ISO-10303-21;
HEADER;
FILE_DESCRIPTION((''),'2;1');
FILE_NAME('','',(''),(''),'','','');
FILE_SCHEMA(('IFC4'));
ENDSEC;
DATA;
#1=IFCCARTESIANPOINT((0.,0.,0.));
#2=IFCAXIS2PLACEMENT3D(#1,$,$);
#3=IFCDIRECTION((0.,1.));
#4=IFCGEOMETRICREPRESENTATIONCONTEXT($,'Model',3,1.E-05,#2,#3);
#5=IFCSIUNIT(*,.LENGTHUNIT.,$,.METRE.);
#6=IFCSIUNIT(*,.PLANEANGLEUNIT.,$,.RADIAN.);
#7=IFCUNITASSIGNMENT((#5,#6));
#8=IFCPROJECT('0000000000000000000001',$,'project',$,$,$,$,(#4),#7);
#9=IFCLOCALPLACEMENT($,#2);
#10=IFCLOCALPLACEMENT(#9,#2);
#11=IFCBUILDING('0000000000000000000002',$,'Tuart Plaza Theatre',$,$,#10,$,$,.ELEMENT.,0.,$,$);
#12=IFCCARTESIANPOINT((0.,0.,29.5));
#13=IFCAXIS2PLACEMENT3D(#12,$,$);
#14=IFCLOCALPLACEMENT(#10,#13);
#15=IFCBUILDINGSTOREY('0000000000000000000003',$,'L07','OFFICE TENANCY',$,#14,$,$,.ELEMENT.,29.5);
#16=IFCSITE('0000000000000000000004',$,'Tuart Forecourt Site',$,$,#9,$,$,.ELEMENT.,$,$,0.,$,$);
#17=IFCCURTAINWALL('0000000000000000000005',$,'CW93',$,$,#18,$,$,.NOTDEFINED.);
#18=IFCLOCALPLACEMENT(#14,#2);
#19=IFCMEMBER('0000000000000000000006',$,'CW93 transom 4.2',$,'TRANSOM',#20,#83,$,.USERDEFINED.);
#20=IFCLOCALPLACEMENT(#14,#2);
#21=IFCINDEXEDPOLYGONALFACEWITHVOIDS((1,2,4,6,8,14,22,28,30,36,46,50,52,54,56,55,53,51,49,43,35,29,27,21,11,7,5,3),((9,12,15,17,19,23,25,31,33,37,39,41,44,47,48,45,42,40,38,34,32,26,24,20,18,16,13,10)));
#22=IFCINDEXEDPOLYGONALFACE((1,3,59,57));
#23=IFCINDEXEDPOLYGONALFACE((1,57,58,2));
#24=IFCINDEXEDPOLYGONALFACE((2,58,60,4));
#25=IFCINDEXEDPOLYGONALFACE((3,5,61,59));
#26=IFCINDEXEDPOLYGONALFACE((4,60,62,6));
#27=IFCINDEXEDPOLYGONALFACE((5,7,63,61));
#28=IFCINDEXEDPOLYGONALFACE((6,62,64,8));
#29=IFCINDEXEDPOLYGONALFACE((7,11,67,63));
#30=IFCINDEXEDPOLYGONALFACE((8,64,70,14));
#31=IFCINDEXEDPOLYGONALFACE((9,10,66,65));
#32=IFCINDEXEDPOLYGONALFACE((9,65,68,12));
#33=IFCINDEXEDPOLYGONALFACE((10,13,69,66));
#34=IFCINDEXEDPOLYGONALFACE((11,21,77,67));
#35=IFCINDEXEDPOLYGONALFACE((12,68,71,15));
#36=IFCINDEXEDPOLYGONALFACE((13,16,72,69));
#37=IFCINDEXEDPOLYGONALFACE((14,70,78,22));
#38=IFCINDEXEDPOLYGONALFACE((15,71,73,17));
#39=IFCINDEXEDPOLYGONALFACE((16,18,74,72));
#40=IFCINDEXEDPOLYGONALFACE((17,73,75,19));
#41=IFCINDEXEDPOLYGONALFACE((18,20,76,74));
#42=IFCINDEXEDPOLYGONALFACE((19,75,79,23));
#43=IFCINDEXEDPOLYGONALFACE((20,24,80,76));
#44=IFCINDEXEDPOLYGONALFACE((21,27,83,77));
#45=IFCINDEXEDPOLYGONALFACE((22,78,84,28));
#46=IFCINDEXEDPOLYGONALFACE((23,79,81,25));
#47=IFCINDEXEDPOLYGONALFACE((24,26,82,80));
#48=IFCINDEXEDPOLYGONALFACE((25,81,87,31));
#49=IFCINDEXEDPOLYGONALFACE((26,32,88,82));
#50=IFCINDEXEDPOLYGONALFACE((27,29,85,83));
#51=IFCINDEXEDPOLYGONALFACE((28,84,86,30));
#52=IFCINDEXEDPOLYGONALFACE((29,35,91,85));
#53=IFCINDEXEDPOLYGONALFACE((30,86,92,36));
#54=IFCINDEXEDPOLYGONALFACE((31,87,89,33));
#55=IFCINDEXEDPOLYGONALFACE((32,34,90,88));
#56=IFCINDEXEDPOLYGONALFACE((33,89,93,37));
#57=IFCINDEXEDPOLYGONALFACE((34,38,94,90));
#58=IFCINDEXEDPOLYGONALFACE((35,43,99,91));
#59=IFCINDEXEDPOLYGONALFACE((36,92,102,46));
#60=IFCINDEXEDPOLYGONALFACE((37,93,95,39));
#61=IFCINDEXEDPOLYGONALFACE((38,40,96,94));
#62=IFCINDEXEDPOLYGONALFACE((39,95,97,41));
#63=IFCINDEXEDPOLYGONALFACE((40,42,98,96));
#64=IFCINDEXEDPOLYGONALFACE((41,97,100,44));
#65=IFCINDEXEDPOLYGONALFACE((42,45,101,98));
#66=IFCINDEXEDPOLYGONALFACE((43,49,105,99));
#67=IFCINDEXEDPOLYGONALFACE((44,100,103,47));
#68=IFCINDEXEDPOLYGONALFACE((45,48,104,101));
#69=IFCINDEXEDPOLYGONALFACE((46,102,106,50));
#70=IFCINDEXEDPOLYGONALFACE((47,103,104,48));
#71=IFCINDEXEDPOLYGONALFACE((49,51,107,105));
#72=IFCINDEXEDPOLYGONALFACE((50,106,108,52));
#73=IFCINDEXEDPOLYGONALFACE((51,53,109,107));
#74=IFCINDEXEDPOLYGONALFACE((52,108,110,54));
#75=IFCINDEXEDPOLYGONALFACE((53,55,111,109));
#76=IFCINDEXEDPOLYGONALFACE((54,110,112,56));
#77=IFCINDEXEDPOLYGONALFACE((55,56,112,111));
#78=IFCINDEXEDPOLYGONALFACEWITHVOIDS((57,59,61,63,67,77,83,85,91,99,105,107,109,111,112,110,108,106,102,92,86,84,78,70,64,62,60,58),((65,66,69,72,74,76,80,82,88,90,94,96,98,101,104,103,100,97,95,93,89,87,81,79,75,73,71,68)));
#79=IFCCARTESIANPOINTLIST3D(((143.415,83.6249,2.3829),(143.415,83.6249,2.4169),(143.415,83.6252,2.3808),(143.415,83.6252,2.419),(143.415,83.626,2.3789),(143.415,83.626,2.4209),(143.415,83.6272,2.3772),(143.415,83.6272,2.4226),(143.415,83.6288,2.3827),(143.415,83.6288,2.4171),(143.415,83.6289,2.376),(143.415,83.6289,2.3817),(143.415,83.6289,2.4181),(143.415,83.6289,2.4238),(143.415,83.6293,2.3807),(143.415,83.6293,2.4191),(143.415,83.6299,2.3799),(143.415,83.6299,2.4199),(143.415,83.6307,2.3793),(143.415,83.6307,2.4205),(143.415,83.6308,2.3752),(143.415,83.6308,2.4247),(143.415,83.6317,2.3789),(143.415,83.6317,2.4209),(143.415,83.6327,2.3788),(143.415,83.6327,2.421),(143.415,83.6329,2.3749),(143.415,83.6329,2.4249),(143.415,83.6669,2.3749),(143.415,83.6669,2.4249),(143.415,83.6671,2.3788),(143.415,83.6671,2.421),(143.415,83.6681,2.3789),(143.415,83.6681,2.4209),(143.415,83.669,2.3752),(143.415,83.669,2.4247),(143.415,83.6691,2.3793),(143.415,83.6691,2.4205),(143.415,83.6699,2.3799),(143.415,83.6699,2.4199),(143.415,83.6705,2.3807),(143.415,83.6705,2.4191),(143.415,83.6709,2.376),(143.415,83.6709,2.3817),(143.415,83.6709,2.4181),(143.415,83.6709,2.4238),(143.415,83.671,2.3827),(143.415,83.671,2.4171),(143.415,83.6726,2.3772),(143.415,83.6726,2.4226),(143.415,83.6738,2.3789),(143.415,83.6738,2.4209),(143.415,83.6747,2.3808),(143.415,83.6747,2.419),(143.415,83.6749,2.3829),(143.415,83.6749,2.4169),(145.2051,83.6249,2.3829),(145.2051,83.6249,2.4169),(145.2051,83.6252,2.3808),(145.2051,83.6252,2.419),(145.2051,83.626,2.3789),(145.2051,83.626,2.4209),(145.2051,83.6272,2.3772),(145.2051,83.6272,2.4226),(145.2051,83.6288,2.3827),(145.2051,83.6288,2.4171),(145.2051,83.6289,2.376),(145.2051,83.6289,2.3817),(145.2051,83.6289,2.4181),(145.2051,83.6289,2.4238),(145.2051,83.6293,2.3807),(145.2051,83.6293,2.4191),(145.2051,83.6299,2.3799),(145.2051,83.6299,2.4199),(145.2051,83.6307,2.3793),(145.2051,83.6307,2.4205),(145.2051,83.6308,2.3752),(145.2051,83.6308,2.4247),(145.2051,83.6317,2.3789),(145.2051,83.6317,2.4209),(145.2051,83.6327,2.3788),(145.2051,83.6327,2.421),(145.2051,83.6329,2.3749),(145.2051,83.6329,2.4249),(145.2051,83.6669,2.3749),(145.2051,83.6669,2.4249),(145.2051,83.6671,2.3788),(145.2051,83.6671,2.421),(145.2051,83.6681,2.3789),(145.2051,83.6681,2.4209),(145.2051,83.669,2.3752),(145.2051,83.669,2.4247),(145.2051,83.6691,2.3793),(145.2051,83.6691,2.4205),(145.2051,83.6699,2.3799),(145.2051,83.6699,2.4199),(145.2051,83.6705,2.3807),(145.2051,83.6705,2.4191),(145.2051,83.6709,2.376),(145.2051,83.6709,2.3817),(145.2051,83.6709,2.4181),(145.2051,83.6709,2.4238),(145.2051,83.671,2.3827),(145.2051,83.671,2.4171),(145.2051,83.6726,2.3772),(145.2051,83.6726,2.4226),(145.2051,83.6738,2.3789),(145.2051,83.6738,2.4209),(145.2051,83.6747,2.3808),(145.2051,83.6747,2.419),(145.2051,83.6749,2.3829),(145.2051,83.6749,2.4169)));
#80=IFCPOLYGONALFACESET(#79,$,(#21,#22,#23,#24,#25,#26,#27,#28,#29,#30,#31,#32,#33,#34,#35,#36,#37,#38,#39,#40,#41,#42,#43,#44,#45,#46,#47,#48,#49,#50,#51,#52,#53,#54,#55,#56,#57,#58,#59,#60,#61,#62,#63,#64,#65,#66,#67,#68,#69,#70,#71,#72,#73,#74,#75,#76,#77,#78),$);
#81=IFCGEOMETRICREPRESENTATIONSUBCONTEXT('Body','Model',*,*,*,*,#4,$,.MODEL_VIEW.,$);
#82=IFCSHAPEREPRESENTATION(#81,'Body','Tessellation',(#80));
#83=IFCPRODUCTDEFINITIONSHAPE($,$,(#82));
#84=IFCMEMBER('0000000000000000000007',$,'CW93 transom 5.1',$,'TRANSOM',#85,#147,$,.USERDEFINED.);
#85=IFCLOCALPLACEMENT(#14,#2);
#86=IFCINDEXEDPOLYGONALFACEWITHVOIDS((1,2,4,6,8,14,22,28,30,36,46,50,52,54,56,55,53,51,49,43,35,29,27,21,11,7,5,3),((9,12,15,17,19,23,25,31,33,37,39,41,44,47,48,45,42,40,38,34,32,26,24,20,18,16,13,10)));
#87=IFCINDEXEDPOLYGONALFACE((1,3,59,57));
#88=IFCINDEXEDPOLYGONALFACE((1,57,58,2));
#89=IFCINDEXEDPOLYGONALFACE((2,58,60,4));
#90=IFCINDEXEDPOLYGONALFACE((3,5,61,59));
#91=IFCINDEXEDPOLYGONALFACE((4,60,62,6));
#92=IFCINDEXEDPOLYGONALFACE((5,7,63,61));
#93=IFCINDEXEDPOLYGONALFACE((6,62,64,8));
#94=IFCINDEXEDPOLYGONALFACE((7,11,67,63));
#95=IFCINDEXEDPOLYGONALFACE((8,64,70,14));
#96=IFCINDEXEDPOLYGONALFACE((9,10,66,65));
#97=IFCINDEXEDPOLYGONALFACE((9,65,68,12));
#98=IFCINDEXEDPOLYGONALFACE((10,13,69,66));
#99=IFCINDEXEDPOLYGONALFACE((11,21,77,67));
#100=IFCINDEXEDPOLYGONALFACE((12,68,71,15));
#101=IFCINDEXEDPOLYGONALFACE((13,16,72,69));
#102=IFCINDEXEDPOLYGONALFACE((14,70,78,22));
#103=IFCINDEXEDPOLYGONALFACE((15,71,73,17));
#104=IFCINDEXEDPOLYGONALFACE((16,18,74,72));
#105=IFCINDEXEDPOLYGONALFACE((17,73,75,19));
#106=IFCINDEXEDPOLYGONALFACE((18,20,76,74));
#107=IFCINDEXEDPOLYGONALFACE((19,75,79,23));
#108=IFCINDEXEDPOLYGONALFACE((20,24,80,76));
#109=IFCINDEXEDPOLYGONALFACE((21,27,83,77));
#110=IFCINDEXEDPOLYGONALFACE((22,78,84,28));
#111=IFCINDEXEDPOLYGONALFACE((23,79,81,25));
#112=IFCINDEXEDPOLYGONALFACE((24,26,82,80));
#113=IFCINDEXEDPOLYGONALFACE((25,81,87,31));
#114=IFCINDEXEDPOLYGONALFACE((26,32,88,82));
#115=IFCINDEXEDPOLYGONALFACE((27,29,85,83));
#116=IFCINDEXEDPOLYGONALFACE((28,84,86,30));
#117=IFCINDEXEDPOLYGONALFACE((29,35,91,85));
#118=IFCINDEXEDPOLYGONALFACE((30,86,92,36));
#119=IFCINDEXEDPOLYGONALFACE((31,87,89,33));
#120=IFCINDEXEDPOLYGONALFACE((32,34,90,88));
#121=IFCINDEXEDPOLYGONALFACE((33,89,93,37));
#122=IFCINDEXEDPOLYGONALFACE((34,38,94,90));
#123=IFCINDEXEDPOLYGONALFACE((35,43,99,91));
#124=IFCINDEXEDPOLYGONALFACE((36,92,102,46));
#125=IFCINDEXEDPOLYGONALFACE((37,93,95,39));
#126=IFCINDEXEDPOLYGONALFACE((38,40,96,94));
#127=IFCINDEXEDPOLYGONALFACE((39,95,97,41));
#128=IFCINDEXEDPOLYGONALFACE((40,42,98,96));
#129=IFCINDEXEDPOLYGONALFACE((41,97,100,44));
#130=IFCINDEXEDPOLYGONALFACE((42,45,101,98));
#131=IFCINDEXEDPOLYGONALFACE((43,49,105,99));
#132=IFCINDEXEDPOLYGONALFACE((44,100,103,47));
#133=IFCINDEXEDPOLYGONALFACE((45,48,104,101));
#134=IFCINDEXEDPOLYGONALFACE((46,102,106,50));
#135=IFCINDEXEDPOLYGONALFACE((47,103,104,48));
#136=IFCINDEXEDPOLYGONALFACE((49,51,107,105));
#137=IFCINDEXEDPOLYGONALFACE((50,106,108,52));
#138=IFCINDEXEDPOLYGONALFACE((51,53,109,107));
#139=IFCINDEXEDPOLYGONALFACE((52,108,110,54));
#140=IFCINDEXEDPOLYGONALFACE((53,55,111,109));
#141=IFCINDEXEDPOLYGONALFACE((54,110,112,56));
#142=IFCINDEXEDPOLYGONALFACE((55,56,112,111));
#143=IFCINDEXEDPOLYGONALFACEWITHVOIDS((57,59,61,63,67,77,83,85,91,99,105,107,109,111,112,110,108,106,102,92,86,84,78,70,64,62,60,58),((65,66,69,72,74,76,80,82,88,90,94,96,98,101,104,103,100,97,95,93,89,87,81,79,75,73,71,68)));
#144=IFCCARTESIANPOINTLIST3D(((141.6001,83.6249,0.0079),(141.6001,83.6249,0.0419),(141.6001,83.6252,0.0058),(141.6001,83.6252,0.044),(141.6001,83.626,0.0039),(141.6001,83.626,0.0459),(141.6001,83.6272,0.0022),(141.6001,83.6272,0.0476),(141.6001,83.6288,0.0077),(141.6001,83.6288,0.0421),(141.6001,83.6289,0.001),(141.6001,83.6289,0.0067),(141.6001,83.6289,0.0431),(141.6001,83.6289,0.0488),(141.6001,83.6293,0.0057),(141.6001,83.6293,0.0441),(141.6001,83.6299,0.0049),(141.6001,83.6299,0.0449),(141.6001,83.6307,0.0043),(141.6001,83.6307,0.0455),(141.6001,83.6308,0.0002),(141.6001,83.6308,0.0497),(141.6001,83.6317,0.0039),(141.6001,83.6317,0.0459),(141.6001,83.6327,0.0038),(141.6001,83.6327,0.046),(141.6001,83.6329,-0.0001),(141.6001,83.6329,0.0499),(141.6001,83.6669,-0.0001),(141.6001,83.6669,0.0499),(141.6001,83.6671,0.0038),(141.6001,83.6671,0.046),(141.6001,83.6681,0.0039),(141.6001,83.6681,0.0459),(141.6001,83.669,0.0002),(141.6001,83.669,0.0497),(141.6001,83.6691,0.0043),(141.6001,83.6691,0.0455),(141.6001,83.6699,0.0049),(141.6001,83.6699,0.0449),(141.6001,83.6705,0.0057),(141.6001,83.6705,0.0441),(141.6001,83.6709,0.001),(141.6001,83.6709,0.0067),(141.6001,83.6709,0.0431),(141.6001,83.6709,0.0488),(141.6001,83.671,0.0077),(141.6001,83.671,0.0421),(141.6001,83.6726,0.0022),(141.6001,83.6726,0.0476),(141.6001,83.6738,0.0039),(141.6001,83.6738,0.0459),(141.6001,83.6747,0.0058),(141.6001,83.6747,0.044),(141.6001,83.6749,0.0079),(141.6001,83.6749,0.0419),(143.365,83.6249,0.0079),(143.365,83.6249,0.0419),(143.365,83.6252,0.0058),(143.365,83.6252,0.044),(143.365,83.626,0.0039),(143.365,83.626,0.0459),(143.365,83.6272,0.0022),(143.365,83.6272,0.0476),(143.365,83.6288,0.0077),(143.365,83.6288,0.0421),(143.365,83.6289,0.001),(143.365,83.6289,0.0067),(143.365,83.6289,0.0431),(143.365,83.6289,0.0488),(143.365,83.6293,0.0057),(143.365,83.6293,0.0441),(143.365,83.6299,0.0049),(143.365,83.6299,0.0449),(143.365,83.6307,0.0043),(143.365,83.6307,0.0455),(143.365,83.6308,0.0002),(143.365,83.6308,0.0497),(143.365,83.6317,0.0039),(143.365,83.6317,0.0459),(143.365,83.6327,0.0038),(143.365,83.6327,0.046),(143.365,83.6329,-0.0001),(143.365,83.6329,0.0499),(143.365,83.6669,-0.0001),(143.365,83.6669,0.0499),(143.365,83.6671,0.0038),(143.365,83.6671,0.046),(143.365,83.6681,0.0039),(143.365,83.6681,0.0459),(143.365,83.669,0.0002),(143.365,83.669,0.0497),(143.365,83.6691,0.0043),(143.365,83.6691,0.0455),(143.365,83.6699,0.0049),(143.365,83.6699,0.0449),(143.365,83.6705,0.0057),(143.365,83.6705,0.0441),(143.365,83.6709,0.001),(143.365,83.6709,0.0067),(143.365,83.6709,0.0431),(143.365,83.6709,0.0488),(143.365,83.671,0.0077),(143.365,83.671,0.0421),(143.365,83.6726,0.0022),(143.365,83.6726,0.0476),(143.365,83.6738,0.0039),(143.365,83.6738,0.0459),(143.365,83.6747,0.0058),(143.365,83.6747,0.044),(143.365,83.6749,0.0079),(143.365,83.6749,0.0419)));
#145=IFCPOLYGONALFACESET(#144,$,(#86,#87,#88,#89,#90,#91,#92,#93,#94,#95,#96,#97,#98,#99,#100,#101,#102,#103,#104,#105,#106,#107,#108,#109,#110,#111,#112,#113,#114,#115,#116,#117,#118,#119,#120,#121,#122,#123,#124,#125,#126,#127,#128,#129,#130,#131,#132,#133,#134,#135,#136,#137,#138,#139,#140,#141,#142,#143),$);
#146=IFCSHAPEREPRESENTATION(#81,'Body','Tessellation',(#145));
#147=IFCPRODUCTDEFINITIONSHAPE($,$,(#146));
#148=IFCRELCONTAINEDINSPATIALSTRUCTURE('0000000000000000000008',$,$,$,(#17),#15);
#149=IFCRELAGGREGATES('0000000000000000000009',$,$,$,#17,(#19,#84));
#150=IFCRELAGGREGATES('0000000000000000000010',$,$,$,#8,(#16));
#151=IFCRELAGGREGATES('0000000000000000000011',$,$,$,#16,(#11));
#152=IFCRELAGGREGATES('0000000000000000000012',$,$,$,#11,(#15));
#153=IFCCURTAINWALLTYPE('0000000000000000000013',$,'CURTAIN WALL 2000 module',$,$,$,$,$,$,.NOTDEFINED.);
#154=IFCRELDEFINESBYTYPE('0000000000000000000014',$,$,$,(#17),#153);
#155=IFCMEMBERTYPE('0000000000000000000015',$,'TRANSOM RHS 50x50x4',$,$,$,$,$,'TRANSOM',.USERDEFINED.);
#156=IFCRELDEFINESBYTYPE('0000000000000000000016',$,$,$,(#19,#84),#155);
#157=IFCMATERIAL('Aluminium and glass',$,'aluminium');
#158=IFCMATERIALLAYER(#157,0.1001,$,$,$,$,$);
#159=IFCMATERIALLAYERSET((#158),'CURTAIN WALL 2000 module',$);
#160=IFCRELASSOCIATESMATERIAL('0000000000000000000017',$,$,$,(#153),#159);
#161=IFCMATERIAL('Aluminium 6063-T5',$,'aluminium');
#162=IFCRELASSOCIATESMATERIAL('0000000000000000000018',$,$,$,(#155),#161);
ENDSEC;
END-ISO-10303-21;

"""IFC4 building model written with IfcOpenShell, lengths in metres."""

from ifc_helpers import new_model, si_unit, direction, frame, origin, origin_2d, place, context, subcontext, project, spatial, hollow_rectangle, extrude, material, layer, layer_set, material_profile, profile_set, type_object, element, aggregate, save


model = new_model("IFC4")

# Units and contexts
model_context = context("Model", 3, precision=1e-05, world=origin(), true_north=direction((0.0, 1.0)))
body_context = subcontext(model_context, "Body", "Model", "MODEL_VIEW")
ifc_project = project(units=[si_unit("LENGTHUNIT", "METRE"), si_unit("PLANEANGLEUNIT", "RADIAN")], contexts=[model_context])

# Site, building, storey
site_placement = place(None, origin())
site = spatial("IfcSite", under=ifc_project, at=site_placement, Name="Tuart Forecourt Site", CompositionType="ELEMENT", RefElevation=0.0)
building_placement = place(site_placement, origin())
building = spatial("IfcBuilding", under=site, at=building_placement, Name="Tuart Plaza Theatre", CompositionType="ELEMENT", ElevationOfRefHeight=0.0)
storey_placement = place(building_placement, frame((0.0, 0.0, 29.5)))
storey = spatial("IfcBuildingStorey", under=building, at=storey_placement, Name="L07", Description="OFFICE TENANCY", CompositionType="ELEMENT", Elevation=29.5)

# Shared definitions
ifc_material_1 = material(Name="Aluminium and glass", Category="aluminium")
ifc_layer_1 = layer(ifc_material_1, 0.1001)
ifc_layer_set_1 = layer_set([ifc_layer_1], Name="CURTAIN WALL 2000 module")
curtain_wall_type = type_object("IfcCurtainWallType", Name="CURTAIN WALL 2000 module", PredefinedType="NOTDEFINED", material=ifc_layer_set_1)

# Curtain wall
curtain_wall_1_placement = place(storey_placement, origin())
curtain_wall_1 = element("IfcCurtainWall", 1, at=curtain_wall_1_placement, inside=storey, type_object=curtain_wall_type, Name="CW93", PredefinedType="NOTDEFINED")

# Members
ifc_material_2 = material(Name="Aluminium 6063-T5", Category="aluminium")
ifc_material_profile_1 = material_profile(ifc_material_2, hollow_rectangle(XDim=0.05, YDim=0.05, WallThickness=0.0039, InnerFilletRadius=0.0039, OuterFilletRadius=0.0081, at=origin_2d()), Name="RHS 50x50x4")
ifc_profile_set_1 = profile_set([ifc_material_profile_1], Name="Aluminium 6063-T5")
member_type_1 = type_object("IfcMemberType", Name="TRANSOM RHS 50x50x4", ElementType="TRANSOM", PredefinedType="USERDEFINED", material=ifc_profile_set_1)
member_1_placement = place(storey_placement, frame((145.2051, 83.6499, 2.3999), z_axis=(-1.0, 0.0, 0.0), x_axis=(0.0, -1.0, 0.0)))
member_1 = element("IfcMember", 2, at=member_1_placement, type_object=member_type_1, Name="CW93 transom 4.2", ObjectType="TRANSOM", PredefinedType="USERDEFINED", context=body_context, shape_type="SweptSolid", body=[
    extrude(hollow_rectangle(XDim=0.05, YDim=0.05, WallThickness=0.0039, InnerFilletRadius=0.0039, OuterFilletRadius=0.0081, at=origin_2d()), origin(), (0.0, 0.0, 1.0), 1.79),
])
member_2_placement = place(storey_placement, frame((143.365, 83.6499, 0.0249), z_axis=(-1.0, 0.0, 0.0), x_axis=(0.0, -1.0, 0.0)))
member_2 = element("IfcMember", 3, at=member_2_placement, type_object=member_type_1, Name="CW93 transom 5.1", ObjectType="TRANSOM", PredefinedType="USERDEFINED", context=body_context, shape_type="SweptSolid", body=[
    extrude(hollow_rectangle(XDim=0.05, YDim=0.05, WallThickness=0.0039, InnerFilletRadius=0.0039, OuterFilletRadius=0.0081, at=origin_2d()), origin(), (0.0, 0.0, 1.0), 1.7649),
])

aggregate(curtain_wall_1, [member_1, member_2])

save(model, "model.ifc")
